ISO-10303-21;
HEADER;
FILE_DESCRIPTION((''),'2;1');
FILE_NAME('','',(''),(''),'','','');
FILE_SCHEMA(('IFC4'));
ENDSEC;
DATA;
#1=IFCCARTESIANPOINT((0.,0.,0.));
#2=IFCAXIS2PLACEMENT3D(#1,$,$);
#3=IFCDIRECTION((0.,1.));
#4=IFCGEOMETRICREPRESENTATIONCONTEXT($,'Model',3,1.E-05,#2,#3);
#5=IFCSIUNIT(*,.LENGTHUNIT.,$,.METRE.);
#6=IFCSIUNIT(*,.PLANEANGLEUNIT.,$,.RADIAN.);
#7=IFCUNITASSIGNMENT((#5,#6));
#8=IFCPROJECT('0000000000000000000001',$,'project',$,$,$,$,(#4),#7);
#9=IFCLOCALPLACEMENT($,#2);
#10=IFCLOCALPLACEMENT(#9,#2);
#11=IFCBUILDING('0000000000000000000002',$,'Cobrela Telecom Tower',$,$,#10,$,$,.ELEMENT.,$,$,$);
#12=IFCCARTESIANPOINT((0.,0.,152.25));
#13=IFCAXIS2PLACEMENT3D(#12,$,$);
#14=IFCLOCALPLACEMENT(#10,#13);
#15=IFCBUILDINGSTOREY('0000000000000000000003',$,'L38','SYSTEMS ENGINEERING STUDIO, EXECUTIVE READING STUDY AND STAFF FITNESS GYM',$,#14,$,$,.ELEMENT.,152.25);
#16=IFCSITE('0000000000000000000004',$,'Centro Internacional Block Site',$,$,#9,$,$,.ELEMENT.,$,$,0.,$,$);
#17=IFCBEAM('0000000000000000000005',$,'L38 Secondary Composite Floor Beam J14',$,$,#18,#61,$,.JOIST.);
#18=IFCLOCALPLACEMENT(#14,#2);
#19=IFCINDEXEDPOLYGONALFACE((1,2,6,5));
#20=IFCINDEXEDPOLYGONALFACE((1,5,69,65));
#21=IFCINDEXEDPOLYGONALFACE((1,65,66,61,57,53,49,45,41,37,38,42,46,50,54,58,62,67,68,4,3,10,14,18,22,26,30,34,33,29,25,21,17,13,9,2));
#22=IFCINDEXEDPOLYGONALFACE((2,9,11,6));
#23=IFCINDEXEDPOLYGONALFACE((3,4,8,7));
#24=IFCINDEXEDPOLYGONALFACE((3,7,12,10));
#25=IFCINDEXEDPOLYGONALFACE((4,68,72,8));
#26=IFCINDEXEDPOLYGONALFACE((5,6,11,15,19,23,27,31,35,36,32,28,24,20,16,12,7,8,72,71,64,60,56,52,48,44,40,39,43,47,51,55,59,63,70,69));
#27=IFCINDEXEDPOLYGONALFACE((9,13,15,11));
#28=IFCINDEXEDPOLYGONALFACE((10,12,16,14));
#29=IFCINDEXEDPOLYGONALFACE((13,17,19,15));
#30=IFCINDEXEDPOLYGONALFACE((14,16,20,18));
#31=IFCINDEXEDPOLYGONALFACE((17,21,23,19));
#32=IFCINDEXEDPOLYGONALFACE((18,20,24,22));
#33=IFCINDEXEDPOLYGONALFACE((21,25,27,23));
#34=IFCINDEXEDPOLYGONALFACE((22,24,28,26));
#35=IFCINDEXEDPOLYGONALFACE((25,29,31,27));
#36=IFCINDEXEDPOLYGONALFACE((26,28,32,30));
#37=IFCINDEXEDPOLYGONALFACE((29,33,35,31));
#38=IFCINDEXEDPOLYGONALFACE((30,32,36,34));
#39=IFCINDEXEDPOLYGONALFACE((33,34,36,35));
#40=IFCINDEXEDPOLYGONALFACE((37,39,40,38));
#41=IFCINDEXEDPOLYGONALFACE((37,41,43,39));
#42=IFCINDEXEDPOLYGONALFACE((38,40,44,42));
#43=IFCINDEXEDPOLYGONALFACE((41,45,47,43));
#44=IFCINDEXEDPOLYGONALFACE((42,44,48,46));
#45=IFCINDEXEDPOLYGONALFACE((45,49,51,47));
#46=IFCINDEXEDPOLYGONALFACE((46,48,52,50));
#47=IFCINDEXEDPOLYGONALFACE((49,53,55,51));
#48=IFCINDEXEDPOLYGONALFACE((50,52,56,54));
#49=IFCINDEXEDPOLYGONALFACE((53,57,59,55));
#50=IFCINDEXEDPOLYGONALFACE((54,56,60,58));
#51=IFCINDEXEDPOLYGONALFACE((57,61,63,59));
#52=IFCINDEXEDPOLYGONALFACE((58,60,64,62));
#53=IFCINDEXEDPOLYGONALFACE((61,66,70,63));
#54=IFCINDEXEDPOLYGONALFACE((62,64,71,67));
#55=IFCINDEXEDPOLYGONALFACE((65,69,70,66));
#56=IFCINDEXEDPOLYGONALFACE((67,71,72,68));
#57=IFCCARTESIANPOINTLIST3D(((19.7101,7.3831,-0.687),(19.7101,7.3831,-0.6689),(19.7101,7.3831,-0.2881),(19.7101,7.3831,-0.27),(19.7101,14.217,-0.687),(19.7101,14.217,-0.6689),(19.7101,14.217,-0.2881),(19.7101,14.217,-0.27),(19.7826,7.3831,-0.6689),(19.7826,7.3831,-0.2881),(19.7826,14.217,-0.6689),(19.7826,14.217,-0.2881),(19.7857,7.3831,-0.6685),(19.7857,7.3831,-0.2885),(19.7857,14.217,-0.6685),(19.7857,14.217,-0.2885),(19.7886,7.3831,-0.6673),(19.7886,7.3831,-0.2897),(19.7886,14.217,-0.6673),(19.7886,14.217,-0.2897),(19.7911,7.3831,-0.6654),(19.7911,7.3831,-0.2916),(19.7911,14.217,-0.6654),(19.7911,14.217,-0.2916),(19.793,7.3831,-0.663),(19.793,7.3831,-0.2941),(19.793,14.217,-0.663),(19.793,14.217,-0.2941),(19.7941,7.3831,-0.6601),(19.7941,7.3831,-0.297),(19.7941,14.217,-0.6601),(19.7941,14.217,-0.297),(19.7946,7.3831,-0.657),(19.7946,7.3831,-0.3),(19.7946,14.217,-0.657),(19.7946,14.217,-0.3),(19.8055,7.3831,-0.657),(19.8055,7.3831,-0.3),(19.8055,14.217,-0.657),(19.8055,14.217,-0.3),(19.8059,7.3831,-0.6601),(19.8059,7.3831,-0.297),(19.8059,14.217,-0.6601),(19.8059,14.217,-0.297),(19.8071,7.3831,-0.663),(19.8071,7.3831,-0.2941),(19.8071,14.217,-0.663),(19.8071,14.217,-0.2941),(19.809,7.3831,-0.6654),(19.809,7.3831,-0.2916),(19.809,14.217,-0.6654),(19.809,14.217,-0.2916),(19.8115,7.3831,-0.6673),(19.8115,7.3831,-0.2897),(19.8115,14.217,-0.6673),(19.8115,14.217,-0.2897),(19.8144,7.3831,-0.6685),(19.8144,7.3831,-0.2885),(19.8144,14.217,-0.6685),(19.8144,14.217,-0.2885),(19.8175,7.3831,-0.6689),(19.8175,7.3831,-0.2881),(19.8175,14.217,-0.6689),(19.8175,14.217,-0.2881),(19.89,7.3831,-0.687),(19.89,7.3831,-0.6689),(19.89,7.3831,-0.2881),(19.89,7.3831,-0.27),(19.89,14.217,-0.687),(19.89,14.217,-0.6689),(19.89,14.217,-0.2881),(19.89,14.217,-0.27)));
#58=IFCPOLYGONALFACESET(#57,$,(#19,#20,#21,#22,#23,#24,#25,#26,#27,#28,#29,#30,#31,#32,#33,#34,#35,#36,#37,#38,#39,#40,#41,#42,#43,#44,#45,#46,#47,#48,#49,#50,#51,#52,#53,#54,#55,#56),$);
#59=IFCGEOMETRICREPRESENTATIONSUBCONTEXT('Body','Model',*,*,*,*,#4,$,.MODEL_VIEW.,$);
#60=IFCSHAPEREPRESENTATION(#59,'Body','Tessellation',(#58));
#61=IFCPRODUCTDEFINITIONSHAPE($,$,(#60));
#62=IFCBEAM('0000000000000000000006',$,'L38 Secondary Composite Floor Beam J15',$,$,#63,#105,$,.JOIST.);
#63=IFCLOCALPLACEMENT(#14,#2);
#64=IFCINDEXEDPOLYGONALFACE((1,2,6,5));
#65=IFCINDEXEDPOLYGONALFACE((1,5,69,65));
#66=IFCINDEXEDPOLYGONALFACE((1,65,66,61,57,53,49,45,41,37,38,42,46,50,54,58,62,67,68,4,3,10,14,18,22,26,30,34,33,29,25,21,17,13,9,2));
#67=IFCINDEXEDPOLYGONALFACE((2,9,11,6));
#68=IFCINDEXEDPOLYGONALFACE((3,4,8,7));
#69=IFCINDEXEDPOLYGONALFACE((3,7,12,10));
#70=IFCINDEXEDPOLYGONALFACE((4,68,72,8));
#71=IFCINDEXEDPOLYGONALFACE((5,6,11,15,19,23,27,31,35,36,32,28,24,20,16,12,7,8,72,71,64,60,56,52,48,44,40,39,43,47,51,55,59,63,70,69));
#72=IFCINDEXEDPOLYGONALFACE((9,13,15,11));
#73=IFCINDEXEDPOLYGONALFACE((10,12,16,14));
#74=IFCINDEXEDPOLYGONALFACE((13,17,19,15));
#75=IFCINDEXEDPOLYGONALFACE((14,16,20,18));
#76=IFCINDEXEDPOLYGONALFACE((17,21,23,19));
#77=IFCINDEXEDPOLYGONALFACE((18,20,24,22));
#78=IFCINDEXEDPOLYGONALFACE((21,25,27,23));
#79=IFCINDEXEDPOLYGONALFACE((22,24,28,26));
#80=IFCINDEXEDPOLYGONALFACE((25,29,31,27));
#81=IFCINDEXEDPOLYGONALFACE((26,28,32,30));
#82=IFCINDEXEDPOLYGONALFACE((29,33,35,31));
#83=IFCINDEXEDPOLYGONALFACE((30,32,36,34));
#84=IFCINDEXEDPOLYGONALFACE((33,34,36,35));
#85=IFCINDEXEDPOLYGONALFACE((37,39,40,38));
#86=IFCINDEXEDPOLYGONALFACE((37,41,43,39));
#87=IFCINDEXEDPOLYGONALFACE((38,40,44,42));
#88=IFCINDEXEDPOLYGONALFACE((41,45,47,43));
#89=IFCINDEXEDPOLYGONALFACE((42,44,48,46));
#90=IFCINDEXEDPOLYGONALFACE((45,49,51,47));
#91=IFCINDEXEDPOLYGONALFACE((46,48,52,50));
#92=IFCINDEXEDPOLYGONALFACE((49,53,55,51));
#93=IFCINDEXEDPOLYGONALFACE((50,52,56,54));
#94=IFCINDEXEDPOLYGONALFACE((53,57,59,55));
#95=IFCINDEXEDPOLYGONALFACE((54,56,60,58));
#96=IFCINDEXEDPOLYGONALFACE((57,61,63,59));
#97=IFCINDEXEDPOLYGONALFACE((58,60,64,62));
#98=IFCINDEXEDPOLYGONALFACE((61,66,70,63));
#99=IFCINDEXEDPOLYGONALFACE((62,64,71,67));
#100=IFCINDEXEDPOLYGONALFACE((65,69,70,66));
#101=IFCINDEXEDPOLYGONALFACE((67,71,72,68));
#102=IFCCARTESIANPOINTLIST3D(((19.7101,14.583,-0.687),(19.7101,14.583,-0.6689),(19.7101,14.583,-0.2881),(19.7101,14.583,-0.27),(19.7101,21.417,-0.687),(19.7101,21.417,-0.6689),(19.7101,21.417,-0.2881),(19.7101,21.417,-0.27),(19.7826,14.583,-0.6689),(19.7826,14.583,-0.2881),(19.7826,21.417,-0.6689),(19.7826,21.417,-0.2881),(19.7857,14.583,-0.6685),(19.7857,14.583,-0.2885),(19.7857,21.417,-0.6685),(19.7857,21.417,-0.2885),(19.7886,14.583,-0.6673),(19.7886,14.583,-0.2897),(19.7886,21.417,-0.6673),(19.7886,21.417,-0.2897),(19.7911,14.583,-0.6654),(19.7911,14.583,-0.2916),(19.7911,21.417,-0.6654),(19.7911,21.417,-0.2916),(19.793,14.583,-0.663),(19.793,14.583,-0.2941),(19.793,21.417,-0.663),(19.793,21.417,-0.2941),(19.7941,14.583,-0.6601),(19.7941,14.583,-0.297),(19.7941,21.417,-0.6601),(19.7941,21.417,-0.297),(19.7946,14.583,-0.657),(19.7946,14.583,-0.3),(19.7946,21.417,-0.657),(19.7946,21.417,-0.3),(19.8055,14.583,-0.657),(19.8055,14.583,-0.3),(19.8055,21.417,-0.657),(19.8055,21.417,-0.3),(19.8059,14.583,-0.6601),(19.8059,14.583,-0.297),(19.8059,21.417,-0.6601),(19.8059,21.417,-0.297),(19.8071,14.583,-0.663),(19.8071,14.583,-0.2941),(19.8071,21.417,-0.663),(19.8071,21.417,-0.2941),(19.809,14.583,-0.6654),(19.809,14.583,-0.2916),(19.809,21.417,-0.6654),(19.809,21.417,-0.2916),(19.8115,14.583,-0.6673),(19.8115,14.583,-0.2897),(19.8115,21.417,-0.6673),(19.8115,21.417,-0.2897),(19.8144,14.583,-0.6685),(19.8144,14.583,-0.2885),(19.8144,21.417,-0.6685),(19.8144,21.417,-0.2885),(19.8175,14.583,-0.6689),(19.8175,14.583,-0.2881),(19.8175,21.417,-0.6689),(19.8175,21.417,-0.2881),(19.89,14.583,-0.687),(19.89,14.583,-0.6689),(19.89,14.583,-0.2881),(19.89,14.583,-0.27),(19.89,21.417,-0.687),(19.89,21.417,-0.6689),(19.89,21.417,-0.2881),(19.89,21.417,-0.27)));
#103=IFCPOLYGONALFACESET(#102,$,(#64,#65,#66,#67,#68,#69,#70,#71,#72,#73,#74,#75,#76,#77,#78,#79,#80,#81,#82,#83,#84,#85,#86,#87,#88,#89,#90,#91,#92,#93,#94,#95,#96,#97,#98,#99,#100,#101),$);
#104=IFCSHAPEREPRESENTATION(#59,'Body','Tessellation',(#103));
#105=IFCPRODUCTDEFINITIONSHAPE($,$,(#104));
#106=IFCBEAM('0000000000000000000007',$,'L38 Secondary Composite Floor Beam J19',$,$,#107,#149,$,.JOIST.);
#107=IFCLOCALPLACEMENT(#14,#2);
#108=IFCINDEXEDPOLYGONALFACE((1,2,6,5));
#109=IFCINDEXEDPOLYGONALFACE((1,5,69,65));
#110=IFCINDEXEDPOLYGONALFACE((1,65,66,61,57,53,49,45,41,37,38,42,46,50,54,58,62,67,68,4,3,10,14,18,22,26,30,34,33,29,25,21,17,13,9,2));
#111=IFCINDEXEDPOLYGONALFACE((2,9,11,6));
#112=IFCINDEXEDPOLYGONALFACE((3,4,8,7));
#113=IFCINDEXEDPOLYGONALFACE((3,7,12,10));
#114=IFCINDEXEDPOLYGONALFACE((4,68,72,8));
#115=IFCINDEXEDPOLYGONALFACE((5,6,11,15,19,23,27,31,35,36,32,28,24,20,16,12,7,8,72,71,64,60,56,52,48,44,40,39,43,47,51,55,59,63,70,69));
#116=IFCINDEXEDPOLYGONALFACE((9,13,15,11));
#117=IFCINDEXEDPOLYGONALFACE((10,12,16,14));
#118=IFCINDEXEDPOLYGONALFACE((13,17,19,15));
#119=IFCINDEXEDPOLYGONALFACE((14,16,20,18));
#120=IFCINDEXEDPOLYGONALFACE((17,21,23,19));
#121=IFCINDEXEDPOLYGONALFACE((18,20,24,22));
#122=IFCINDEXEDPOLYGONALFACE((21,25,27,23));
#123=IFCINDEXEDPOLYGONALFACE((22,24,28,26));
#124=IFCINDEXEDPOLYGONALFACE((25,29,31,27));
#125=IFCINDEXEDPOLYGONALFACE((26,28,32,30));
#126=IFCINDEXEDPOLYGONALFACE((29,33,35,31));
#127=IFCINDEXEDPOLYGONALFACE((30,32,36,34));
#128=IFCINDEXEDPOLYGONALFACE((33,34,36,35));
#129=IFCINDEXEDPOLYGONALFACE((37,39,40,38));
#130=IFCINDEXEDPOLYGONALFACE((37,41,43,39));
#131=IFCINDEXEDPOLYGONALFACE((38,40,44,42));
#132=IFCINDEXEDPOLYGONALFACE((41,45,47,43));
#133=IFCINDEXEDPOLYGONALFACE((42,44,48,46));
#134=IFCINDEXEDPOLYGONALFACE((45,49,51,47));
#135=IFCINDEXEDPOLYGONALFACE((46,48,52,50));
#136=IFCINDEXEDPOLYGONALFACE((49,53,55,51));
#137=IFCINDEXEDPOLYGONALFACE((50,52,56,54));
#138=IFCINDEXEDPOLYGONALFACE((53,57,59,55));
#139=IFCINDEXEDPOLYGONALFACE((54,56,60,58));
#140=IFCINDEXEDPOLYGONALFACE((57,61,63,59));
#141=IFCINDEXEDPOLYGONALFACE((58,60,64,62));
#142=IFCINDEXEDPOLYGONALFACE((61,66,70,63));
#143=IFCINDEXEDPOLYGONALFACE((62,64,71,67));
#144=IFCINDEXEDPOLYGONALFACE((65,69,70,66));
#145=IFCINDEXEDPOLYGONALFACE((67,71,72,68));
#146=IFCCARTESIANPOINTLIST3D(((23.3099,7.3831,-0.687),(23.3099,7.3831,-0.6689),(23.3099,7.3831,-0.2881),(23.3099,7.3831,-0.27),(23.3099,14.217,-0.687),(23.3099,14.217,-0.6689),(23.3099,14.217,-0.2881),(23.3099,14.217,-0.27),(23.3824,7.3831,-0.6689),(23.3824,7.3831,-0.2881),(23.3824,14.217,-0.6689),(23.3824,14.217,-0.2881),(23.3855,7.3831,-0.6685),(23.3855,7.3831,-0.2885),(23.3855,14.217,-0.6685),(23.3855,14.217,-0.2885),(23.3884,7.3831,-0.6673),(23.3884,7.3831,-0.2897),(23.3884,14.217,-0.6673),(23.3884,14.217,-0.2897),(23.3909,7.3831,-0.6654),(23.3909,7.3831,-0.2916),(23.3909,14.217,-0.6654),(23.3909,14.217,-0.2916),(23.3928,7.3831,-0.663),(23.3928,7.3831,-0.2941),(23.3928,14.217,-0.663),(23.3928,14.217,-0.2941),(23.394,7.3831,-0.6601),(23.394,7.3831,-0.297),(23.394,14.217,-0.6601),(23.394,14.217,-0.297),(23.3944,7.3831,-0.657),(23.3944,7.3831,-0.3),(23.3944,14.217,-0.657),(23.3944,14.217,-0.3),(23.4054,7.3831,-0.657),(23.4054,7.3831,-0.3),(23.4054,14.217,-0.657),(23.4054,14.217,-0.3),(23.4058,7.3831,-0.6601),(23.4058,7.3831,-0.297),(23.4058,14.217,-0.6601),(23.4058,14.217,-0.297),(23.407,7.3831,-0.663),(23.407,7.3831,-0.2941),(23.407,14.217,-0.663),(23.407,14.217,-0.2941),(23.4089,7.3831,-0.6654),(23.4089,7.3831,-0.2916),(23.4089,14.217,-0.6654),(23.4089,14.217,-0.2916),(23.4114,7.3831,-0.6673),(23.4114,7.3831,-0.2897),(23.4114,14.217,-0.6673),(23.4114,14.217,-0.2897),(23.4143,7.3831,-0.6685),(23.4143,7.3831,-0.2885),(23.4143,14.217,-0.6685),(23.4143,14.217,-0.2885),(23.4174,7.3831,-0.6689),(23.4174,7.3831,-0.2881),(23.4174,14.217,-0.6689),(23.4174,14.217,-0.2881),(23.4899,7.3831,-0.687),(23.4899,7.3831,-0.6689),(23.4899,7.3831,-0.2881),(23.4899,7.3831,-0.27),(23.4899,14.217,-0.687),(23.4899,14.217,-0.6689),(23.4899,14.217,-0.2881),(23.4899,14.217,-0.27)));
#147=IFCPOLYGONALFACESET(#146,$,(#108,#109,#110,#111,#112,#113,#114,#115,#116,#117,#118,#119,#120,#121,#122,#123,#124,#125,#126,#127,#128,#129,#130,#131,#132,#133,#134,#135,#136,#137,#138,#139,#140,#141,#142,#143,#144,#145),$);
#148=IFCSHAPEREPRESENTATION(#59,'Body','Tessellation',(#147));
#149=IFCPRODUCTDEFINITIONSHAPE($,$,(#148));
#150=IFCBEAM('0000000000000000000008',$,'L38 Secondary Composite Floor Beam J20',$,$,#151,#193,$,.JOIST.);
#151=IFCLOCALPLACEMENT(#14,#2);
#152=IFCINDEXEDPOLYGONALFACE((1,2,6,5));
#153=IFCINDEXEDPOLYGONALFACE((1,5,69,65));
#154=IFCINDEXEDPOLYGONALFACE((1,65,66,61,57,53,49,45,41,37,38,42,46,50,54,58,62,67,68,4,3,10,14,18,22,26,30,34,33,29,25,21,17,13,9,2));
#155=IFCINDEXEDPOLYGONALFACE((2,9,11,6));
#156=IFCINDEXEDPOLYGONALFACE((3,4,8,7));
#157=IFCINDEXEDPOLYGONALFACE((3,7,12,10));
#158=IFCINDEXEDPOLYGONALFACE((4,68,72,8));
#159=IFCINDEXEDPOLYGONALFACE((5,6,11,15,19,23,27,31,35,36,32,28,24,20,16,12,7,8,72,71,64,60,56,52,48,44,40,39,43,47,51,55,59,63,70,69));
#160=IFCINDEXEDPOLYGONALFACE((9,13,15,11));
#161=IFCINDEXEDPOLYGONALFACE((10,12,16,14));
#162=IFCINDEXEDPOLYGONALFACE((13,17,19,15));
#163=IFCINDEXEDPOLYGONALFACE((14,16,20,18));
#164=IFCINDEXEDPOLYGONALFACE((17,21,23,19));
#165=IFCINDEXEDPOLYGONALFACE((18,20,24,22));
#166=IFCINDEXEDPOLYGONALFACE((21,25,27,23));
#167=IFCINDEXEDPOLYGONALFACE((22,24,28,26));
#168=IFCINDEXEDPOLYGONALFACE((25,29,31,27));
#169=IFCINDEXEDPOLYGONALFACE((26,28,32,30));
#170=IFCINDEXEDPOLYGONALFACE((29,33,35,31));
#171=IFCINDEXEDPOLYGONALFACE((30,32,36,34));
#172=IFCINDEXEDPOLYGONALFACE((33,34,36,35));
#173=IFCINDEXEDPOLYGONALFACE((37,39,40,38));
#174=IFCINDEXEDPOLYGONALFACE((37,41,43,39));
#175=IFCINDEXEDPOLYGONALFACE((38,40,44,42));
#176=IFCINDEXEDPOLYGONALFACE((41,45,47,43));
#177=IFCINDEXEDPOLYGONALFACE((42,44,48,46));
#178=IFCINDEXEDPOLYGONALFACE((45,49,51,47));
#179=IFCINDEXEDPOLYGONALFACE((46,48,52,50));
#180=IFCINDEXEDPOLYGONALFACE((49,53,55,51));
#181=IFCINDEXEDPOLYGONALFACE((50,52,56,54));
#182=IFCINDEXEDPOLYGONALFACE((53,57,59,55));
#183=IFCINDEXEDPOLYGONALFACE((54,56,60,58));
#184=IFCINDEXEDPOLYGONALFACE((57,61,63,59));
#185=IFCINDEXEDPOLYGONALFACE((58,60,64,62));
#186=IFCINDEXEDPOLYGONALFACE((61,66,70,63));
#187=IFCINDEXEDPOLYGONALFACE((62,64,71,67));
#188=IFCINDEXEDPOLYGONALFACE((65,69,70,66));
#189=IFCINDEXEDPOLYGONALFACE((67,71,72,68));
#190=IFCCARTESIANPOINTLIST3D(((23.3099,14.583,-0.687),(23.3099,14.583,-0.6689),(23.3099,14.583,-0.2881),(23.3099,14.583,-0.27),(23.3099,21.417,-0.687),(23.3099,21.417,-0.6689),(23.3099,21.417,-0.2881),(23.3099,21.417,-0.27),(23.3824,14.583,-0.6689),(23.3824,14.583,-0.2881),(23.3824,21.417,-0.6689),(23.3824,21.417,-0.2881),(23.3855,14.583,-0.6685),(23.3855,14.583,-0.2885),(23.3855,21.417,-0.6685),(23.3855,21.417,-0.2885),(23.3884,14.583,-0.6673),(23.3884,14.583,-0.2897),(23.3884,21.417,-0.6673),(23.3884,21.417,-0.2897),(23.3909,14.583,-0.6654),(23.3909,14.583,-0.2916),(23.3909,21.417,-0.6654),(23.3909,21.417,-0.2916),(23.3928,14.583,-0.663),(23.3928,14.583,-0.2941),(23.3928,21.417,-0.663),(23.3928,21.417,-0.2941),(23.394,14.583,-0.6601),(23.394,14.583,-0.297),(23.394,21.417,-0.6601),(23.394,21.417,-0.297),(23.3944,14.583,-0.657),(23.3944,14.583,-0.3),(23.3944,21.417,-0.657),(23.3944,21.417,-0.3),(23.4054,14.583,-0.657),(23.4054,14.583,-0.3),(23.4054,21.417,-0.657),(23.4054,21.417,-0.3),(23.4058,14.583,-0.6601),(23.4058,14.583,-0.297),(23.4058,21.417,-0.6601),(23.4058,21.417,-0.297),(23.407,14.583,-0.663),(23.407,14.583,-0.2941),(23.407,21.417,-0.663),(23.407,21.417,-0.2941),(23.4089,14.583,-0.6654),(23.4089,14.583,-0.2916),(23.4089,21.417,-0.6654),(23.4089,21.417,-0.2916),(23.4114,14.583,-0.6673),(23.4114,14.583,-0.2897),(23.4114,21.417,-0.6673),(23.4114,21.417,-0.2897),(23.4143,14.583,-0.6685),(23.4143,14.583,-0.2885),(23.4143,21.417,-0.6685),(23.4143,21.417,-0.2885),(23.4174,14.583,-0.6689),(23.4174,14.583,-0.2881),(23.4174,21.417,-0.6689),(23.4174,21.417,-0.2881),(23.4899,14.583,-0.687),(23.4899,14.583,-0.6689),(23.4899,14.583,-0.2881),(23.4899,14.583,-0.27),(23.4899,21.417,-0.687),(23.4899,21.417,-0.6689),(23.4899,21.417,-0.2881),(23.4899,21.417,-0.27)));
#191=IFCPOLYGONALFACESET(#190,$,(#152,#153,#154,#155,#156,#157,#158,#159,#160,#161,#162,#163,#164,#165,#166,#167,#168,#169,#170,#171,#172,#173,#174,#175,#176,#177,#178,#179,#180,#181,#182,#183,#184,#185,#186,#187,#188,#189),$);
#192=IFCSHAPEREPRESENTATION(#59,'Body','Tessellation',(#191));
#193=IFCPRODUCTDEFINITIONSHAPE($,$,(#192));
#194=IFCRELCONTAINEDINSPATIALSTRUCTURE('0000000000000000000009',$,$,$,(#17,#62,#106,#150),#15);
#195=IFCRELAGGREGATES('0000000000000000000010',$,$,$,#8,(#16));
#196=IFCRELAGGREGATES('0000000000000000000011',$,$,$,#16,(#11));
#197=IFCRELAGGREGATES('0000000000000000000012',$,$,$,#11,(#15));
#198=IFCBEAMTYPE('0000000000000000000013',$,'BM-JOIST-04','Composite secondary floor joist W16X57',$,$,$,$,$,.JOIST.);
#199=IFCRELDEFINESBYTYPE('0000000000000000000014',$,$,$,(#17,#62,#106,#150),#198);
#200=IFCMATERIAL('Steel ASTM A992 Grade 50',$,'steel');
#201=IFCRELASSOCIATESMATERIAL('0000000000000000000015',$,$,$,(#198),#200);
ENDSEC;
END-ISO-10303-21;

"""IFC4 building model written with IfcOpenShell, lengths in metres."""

from ifc_helpers import new_model, si_unit, direction, frame, origin, origin_2d, place, context, subcontext, project, spatial, i_section, extrude, material, material_profile, profile_set, type_object, element, save


model = new_model("IFC4")

# Units and contexts
model_context = context("Model", 3, precision=1e-05, world=origin(), true_north=direction((0.0, 1.0)))
body_context = subcontext(model_context, "Body", "Model", "MODEL_VIEW")
ifc_project = project(units=[si_unit("LENGTHUNIT", "METRE"), si_unit("PLANEANGLEUNIT", "RADIAN")], contexts=[model_context])

# Site, building, storey
site_placement = place(None, origin())
site = spatial("IfcSite", under=ifc_project, at=site_placement, Name="Centro Internacional Block Site", CompositionType="ELEMENT", RefElevation=0.0)
building_placement = place(site_placement, origin())
building = spatial("IfcBuilding", under=site, at=building_placement, Name="Cobrela Telecom Tower", CompositionType="ELEMENT")
storey_placement = place(building_placement, frame((0.0, 0.0, 152.25)))
storey = spatial("IfcBuildingStorey", under=building, at=storey_placement, Name="L38", Description="SYSTEMS ENGINEERING STUDIO, EXECUTIVE READING STUDY AND STAFF FITNESS GYM", CompositionType="ELEMENT", Elevation=152.25)

# Shared definitions
ifc_material_1 = material(Name="Steel ASTM A992 Grade 50", Category="steel")

# Beams
ifc_material_profile_1 = material_profile(ifc_material_1, i_section(OverallWidth=0.1799, OverallDepth=0.417, WebThickness=0.011, FlangeThickness=0.0181, FilletRadius=0.012, at=origin_2d()), Name="W16X57")
ifc_profile_set_1 = profile_set([ifc_material_profile_1], Name="Steel ASTM A992 Grade 50")
beam_type_1 = type_object("IfcBeamType", Name="BM-JOIST-04", Description="Composite secondary floor joist W16X57", PredefinedType="JOIST", material=ifc_profile_set_1)
for number, where, z_axis, x_axis, name in (
    (1, (19.8, 7.3831, -0.4785), (0.0, 1.0, 0.0), (-1.0, 0.0, 0.0), "L38 Secondary Composite Floor Beam J14"),
    (2, (19.8, 14.583, -0.4785), (0.0, 1.0, 0.0), (-1.0, 0.0, 0.0), "L38 Secondary Composite Floor Beam J15"),
    (3, (23.3999, 7.3831, -0.4785), (0.0, 1.0, 0.0), (-1.0, 0.0, 0.0), "L38 Secondary Composite Floor Beam J19"),
    (4, (23.3999, 14.583, -0.4785), (0.0, 1.0, 0.0), (-1.0, 0.0, 0.0), "L38 Secondary Composite Floor Beam J20"),
):
    element("IfcBeam", number, at=place(storey_placement, frame(where, z_axis=z_axis, x_axis=x_axis)), inside=storey, type_object=beam_type_1, Name=name, PredefinedType="JOIST", context=body_context, shape_type="SweptSolid", body=[
        extrude(i_section(OverallWidth=0.1799, OverallDepth=0.417, WebThickness=0.011, FlangeThickness=0.0181, FilletRadius=0.012, at=origin_2d()), origin(), (0.0, 0.0, 1.0), 6.834),
    ])

save(model, "model.ifc")
